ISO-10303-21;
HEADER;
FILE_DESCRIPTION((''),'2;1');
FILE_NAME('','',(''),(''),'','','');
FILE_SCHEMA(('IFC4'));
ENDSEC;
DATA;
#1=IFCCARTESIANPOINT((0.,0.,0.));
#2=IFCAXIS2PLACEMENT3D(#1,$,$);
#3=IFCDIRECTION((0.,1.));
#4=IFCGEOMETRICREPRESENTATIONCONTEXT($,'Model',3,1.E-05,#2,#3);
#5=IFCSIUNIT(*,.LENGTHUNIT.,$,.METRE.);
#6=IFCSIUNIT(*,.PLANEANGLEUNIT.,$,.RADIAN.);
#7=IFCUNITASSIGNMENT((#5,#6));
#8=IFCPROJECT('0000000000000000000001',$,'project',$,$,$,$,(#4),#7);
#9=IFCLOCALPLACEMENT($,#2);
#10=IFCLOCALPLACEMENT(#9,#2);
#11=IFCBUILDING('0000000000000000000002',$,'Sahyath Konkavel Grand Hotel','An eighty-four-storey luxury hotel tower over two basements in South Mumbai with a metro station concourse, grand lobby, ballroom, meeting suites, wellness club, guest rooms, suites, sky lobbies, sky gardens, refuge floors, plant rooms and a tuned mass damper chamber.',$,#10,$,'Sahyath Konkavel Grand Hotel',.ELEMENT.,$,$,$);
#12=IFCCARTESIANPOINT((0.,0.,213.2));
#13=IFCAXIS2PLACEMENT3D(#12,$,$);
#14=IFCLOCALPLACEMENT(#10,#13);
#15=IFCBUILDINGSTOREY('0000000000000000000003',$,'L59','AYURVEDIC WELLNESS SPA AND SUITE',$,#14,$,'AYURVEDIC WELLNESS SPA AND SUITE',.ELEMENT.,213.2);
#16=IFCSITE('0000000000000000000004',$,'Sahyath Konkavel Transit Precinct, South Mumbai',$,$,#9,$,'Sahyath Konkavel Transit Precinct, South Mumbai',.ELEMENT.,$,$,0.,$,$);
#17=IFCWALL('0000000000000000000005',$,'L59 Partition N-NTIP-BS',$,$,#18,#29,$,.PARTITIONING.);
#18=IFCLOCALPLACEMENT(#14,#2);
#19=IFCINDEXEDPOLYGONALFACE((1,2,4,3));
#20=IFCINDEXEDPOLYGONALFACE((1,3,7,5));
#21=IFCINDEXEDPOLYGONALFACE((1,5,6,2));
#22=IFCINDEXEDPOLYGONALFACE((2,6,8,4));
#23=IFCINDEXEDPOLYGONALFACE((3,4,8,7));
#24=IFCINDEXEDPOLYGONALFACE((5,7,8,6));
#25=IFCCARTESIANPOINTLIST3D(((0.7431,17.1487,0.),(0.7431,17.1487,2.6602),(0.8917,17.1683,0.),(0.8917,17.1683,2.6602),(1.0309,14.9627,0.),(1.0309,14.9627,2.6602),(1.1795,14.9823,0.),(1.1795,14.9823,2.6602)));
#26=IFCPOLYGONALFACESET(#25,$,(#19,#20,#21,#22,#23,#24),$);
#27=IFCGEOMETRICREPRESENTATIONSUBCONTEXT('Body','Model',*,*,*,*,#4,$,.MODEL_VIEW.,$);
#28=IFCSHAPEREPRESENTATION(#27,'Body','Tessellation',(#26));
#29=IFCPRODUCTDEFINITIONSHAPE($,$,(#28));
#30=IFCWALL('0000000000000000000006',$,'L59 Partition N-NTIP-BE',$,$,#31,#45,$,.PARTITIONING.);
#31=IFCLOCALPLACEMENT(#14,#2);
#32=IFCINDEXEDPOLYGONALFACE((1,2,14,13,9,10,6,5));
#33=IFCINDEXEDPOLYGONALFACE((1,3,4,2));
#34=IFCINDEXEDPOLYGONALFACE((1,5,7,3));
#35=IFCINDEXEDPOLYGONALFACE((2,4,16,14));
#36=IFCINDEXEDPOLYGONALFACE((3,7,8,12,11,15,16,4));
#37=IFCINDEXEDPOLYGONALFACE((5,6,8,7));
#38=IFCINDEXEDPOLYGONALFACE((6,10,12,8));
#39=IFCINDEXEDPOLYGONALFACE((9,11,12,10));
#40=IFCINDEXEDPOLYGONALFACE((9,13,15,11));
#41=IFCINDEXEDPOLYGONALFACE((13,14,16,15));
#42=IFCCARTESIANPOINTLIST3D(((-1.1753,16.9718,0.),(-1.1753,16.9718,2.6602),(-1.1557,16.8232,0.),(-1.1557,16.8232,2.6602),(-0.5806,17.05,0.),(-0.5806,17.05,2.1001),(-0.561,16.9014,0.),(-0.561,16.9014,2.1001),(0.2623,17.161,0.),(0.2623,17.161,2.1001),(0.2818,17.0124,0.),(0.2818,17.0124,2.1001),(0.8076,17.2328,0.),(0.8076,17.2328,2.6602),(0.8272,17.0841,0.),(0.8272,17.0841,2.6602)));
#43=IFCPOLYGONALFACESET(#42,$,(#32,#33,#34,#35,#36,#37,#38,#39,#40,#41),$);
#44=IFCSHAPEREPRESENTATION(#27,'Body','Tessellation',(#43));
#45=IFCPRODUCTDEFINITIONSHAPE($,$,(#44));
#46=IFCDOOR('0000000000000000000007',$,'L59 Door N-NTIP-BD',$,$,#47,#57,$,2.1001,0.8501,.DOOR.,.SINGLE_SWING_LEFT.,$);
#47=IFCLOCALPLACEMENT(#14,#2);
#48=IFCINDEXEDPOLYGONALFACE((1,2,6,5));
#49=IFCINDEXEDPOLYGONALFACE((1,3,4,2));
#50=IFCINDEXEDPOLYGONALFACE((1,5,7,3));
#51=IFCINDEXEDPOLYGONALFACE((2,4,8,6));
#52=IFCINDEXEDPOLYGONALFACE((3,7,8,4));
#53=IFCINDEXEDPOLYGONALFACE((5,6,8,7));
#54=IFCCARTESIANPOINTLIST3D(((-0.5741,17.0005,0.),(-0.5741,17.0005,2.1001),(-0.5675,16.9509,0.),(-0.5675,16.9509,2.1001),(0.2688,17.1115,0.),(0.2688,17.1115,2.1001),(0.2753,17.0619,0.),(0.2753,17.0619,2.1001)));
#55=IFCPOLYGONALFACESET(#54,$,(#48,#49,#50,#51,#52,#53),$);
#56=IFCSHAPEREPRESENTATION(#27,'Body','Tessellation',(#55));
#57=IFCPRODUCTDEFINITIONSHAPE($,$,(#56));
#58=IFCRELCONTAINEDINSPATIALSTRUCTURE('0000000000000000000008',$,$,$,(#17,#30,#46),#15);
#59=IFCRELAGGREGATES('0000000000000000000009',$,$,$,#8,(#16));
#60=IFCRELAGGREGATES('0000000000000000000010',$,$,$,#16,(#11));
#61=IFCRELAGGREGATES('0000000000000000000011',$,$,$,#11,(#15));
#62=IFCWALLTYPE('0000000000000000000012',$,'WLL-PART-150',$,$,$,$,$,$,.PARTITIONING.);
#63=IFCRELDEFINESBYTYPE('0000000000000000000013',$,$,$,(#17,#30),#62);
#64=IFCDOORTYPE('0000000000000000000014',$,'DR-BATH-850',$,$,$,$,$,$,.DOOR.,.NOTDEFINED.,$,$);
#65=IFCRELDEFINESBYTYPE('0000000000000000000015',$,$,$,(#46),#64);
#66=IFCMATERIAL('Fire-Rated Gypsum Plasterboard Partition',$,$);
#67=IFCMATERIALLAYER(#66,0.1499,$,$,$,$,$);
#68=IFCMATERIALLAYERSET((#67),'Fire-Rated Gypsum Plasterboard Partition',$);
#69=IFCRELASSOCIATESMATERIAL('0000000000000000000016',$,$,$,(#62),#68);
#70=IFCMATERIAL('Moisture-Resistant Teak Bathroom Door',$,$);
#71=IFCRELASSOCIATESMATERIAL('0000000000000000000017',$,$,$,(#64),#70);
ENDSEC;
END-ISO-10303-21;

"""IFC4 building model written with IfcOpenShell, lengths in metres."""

from ifc_helpers import new_model, si_unit, direction, frame, frame_2d, origin, origin_2d, place, context, subcontext, project, spatial, rectangle, extrude, source, transform, mapped, material, layer, layer_set, type_object, element, fill, save


model = new_model("IFC4")

# Units and contexts
model_context = context("Model", 3, precision=1e-05, world=origin(), true_north=direction((0.0, 1.0)))
body_context = subcontext(model_context, "Body", "Model", "MODEL_VIEW")
ifc_project = project(units=[si_unit("LENGTHUNIT", "METRE"), si_unit("PLANEANGLEUNIT", "RADIAN")], contexts=[model_context])

# Site, building, storey
site_placement = place(None, origin())
site = spatial("IfcSite", under=ifc_project, at=site_placement, Name="Sahyath Konkavel Transit Precinct, South Mumbai", LongName="Sahyath Konkavel Transit Precinct, South Mumbai", CompositionType="ELEMENT", RefElevation=0.0)
building_placement = place(site_placement, origin())
building = spatial("IfcBuilding", under=site, at=building_placement, Name="Sahyath Konkavel Grand Hotel", Description="An eighty-four-storey luxury hotel tower over two basements in South Mumbai with a metro station concourse, grand lobby, ballroom, meeting suites, wellness club, guest rooms, suites, sky lobbies, sky gardens, refuge floors, plant rooms and a tuned mass damper chamber.", LongName="Sahyath Konkavel Grand Hotel", CompositionType="ELEMENT")
storey_placement = place(building_placement, frame((0.0, 0.0, 213.2)))
storey = spatial("IfcBuildingStorey", under=building, at=storey_placement, Name="L59", Description="AYURVEDIC WELLNESS SPA AND SUITE", LongName="AYURVEDIC WELLNESS SPA AND SUITE", CompositionType="ELEMENT", Elevation=213.2)

# Shared definitions
shared_shape_1 = source(origin(), body_context, "Body", "SweptSolid", [
    extrude(rectangle(XDim=0.8501, YDim=0.05, at=origin_2d()), origin(), (0.0, 0.0, 1.0), 2.1001),
])

# Wall
ifc_material_1 = material(Name="Fire-Rated Gypsum Plasterboard Partition")
ifc_layer_1 = layer(ifc_material_1, 0.1499)
ifc_layer_set_1 = layer_set([ifc_layer_1], Name="Fire-Rated Gypsum Plasterboard Partition")
wall_type_1 = type_object("IfcWallType", Name="WLL-PART-150", PredefinedType="PARTITIONING", material=ifc_layer_set_1)
wall_1_placement = place(storey_placement, frame((1.1052, 14.9724, 0.0), z_axis=(0.0, 0.0, 1.0), x_axis=(-0.130546, 0.991442, 0.0)))
element("IfcWall", 1, at=wall_1_placement, inside=storey, type_object=wall_type_1, Name="L59 Partition N-NTIP-BS", PredefinedType="PARTITIONING", context=body_context, shape_type="SweptSolid", body=[
    extrude(rectangle(XDim=2.2048, YDim=0.1499, at=frame_2d((1.1025, 0.0))), origin(), (0.0, 0.0, 1.0), 2.6602),
])

# Wall, opening, door
wall_2_placement = place(storey_placement, frame((0.8174, 17.1584, 0.0), z_axis=(0.0, 0.0, 1.0), x_axis=(-0.991449, -0.130492, 0.0)))
wall_2 = element("IfcWall", 2, at=wall_2_placement, inside=storey, type_object=wall_type_1, Name="L59 Partition N-NTIP-BE", PredefinedType="PARTITIONING", context=body_context, shape_type="SweptSolid", body=[
    extrude(rectangle(XDim=2.0, YDim=0.1499, at=frame_2d((1.0, 0.0))), origin(), (0.0, 0.0, 1.0), 2.6602),
])
opening_1_placement = place(wall_2_placement, frame((0.55, 0.0, 0.0)))
opening_1 = element("IfcOpeningElement", 3, at=opening_1_placement, cuts=wall_2, PredefinedType="OPENING", context=body_context, shape_type="SweptSolid", body=[
    extrude(rectangle(XDim=0.8501, YDim=2.1001, at=frame_2d((0.425, 1.05))), frame((0.0, 0.085, 0.0), z_axis=(0.0, -1.0, 0.0), x_axis=(1.0, 0.0, 0.0)), (0.0, 0.0, 1.0), 0.1699),
])
ifc_material_2 = material(Name="Moisture-Resistant Teak Bathroom Door")
door_type_1 = type_object("IfcDoorType", Name="DR-BATH-850", OperationType="NOTDEFINED", PredefinedType="DOOR", material=ifc_material_2)
door_1_placement = place(opening_1_placement, frame((0.425, 0.0, 0.0)))
door_1 = element("IfcDoor", 4, at=door_1_placement, inside=storey, type_object=door_type_1, Name="L59 Door N-NTIP-BD", OperationType="SINGLE_SWING_LEFT", OverallHeight=2.1001, OverallWidth=0.8501, PredefinedType="DOOR", context=body_context, shape_type="MappedRepresentation", body=[
    mapped(shared_shape_1, transform((0.0, 0.0, 0.0), scale=1.0)),
])
fill(opening_1, door_1)

save(model, "model.ifc")
